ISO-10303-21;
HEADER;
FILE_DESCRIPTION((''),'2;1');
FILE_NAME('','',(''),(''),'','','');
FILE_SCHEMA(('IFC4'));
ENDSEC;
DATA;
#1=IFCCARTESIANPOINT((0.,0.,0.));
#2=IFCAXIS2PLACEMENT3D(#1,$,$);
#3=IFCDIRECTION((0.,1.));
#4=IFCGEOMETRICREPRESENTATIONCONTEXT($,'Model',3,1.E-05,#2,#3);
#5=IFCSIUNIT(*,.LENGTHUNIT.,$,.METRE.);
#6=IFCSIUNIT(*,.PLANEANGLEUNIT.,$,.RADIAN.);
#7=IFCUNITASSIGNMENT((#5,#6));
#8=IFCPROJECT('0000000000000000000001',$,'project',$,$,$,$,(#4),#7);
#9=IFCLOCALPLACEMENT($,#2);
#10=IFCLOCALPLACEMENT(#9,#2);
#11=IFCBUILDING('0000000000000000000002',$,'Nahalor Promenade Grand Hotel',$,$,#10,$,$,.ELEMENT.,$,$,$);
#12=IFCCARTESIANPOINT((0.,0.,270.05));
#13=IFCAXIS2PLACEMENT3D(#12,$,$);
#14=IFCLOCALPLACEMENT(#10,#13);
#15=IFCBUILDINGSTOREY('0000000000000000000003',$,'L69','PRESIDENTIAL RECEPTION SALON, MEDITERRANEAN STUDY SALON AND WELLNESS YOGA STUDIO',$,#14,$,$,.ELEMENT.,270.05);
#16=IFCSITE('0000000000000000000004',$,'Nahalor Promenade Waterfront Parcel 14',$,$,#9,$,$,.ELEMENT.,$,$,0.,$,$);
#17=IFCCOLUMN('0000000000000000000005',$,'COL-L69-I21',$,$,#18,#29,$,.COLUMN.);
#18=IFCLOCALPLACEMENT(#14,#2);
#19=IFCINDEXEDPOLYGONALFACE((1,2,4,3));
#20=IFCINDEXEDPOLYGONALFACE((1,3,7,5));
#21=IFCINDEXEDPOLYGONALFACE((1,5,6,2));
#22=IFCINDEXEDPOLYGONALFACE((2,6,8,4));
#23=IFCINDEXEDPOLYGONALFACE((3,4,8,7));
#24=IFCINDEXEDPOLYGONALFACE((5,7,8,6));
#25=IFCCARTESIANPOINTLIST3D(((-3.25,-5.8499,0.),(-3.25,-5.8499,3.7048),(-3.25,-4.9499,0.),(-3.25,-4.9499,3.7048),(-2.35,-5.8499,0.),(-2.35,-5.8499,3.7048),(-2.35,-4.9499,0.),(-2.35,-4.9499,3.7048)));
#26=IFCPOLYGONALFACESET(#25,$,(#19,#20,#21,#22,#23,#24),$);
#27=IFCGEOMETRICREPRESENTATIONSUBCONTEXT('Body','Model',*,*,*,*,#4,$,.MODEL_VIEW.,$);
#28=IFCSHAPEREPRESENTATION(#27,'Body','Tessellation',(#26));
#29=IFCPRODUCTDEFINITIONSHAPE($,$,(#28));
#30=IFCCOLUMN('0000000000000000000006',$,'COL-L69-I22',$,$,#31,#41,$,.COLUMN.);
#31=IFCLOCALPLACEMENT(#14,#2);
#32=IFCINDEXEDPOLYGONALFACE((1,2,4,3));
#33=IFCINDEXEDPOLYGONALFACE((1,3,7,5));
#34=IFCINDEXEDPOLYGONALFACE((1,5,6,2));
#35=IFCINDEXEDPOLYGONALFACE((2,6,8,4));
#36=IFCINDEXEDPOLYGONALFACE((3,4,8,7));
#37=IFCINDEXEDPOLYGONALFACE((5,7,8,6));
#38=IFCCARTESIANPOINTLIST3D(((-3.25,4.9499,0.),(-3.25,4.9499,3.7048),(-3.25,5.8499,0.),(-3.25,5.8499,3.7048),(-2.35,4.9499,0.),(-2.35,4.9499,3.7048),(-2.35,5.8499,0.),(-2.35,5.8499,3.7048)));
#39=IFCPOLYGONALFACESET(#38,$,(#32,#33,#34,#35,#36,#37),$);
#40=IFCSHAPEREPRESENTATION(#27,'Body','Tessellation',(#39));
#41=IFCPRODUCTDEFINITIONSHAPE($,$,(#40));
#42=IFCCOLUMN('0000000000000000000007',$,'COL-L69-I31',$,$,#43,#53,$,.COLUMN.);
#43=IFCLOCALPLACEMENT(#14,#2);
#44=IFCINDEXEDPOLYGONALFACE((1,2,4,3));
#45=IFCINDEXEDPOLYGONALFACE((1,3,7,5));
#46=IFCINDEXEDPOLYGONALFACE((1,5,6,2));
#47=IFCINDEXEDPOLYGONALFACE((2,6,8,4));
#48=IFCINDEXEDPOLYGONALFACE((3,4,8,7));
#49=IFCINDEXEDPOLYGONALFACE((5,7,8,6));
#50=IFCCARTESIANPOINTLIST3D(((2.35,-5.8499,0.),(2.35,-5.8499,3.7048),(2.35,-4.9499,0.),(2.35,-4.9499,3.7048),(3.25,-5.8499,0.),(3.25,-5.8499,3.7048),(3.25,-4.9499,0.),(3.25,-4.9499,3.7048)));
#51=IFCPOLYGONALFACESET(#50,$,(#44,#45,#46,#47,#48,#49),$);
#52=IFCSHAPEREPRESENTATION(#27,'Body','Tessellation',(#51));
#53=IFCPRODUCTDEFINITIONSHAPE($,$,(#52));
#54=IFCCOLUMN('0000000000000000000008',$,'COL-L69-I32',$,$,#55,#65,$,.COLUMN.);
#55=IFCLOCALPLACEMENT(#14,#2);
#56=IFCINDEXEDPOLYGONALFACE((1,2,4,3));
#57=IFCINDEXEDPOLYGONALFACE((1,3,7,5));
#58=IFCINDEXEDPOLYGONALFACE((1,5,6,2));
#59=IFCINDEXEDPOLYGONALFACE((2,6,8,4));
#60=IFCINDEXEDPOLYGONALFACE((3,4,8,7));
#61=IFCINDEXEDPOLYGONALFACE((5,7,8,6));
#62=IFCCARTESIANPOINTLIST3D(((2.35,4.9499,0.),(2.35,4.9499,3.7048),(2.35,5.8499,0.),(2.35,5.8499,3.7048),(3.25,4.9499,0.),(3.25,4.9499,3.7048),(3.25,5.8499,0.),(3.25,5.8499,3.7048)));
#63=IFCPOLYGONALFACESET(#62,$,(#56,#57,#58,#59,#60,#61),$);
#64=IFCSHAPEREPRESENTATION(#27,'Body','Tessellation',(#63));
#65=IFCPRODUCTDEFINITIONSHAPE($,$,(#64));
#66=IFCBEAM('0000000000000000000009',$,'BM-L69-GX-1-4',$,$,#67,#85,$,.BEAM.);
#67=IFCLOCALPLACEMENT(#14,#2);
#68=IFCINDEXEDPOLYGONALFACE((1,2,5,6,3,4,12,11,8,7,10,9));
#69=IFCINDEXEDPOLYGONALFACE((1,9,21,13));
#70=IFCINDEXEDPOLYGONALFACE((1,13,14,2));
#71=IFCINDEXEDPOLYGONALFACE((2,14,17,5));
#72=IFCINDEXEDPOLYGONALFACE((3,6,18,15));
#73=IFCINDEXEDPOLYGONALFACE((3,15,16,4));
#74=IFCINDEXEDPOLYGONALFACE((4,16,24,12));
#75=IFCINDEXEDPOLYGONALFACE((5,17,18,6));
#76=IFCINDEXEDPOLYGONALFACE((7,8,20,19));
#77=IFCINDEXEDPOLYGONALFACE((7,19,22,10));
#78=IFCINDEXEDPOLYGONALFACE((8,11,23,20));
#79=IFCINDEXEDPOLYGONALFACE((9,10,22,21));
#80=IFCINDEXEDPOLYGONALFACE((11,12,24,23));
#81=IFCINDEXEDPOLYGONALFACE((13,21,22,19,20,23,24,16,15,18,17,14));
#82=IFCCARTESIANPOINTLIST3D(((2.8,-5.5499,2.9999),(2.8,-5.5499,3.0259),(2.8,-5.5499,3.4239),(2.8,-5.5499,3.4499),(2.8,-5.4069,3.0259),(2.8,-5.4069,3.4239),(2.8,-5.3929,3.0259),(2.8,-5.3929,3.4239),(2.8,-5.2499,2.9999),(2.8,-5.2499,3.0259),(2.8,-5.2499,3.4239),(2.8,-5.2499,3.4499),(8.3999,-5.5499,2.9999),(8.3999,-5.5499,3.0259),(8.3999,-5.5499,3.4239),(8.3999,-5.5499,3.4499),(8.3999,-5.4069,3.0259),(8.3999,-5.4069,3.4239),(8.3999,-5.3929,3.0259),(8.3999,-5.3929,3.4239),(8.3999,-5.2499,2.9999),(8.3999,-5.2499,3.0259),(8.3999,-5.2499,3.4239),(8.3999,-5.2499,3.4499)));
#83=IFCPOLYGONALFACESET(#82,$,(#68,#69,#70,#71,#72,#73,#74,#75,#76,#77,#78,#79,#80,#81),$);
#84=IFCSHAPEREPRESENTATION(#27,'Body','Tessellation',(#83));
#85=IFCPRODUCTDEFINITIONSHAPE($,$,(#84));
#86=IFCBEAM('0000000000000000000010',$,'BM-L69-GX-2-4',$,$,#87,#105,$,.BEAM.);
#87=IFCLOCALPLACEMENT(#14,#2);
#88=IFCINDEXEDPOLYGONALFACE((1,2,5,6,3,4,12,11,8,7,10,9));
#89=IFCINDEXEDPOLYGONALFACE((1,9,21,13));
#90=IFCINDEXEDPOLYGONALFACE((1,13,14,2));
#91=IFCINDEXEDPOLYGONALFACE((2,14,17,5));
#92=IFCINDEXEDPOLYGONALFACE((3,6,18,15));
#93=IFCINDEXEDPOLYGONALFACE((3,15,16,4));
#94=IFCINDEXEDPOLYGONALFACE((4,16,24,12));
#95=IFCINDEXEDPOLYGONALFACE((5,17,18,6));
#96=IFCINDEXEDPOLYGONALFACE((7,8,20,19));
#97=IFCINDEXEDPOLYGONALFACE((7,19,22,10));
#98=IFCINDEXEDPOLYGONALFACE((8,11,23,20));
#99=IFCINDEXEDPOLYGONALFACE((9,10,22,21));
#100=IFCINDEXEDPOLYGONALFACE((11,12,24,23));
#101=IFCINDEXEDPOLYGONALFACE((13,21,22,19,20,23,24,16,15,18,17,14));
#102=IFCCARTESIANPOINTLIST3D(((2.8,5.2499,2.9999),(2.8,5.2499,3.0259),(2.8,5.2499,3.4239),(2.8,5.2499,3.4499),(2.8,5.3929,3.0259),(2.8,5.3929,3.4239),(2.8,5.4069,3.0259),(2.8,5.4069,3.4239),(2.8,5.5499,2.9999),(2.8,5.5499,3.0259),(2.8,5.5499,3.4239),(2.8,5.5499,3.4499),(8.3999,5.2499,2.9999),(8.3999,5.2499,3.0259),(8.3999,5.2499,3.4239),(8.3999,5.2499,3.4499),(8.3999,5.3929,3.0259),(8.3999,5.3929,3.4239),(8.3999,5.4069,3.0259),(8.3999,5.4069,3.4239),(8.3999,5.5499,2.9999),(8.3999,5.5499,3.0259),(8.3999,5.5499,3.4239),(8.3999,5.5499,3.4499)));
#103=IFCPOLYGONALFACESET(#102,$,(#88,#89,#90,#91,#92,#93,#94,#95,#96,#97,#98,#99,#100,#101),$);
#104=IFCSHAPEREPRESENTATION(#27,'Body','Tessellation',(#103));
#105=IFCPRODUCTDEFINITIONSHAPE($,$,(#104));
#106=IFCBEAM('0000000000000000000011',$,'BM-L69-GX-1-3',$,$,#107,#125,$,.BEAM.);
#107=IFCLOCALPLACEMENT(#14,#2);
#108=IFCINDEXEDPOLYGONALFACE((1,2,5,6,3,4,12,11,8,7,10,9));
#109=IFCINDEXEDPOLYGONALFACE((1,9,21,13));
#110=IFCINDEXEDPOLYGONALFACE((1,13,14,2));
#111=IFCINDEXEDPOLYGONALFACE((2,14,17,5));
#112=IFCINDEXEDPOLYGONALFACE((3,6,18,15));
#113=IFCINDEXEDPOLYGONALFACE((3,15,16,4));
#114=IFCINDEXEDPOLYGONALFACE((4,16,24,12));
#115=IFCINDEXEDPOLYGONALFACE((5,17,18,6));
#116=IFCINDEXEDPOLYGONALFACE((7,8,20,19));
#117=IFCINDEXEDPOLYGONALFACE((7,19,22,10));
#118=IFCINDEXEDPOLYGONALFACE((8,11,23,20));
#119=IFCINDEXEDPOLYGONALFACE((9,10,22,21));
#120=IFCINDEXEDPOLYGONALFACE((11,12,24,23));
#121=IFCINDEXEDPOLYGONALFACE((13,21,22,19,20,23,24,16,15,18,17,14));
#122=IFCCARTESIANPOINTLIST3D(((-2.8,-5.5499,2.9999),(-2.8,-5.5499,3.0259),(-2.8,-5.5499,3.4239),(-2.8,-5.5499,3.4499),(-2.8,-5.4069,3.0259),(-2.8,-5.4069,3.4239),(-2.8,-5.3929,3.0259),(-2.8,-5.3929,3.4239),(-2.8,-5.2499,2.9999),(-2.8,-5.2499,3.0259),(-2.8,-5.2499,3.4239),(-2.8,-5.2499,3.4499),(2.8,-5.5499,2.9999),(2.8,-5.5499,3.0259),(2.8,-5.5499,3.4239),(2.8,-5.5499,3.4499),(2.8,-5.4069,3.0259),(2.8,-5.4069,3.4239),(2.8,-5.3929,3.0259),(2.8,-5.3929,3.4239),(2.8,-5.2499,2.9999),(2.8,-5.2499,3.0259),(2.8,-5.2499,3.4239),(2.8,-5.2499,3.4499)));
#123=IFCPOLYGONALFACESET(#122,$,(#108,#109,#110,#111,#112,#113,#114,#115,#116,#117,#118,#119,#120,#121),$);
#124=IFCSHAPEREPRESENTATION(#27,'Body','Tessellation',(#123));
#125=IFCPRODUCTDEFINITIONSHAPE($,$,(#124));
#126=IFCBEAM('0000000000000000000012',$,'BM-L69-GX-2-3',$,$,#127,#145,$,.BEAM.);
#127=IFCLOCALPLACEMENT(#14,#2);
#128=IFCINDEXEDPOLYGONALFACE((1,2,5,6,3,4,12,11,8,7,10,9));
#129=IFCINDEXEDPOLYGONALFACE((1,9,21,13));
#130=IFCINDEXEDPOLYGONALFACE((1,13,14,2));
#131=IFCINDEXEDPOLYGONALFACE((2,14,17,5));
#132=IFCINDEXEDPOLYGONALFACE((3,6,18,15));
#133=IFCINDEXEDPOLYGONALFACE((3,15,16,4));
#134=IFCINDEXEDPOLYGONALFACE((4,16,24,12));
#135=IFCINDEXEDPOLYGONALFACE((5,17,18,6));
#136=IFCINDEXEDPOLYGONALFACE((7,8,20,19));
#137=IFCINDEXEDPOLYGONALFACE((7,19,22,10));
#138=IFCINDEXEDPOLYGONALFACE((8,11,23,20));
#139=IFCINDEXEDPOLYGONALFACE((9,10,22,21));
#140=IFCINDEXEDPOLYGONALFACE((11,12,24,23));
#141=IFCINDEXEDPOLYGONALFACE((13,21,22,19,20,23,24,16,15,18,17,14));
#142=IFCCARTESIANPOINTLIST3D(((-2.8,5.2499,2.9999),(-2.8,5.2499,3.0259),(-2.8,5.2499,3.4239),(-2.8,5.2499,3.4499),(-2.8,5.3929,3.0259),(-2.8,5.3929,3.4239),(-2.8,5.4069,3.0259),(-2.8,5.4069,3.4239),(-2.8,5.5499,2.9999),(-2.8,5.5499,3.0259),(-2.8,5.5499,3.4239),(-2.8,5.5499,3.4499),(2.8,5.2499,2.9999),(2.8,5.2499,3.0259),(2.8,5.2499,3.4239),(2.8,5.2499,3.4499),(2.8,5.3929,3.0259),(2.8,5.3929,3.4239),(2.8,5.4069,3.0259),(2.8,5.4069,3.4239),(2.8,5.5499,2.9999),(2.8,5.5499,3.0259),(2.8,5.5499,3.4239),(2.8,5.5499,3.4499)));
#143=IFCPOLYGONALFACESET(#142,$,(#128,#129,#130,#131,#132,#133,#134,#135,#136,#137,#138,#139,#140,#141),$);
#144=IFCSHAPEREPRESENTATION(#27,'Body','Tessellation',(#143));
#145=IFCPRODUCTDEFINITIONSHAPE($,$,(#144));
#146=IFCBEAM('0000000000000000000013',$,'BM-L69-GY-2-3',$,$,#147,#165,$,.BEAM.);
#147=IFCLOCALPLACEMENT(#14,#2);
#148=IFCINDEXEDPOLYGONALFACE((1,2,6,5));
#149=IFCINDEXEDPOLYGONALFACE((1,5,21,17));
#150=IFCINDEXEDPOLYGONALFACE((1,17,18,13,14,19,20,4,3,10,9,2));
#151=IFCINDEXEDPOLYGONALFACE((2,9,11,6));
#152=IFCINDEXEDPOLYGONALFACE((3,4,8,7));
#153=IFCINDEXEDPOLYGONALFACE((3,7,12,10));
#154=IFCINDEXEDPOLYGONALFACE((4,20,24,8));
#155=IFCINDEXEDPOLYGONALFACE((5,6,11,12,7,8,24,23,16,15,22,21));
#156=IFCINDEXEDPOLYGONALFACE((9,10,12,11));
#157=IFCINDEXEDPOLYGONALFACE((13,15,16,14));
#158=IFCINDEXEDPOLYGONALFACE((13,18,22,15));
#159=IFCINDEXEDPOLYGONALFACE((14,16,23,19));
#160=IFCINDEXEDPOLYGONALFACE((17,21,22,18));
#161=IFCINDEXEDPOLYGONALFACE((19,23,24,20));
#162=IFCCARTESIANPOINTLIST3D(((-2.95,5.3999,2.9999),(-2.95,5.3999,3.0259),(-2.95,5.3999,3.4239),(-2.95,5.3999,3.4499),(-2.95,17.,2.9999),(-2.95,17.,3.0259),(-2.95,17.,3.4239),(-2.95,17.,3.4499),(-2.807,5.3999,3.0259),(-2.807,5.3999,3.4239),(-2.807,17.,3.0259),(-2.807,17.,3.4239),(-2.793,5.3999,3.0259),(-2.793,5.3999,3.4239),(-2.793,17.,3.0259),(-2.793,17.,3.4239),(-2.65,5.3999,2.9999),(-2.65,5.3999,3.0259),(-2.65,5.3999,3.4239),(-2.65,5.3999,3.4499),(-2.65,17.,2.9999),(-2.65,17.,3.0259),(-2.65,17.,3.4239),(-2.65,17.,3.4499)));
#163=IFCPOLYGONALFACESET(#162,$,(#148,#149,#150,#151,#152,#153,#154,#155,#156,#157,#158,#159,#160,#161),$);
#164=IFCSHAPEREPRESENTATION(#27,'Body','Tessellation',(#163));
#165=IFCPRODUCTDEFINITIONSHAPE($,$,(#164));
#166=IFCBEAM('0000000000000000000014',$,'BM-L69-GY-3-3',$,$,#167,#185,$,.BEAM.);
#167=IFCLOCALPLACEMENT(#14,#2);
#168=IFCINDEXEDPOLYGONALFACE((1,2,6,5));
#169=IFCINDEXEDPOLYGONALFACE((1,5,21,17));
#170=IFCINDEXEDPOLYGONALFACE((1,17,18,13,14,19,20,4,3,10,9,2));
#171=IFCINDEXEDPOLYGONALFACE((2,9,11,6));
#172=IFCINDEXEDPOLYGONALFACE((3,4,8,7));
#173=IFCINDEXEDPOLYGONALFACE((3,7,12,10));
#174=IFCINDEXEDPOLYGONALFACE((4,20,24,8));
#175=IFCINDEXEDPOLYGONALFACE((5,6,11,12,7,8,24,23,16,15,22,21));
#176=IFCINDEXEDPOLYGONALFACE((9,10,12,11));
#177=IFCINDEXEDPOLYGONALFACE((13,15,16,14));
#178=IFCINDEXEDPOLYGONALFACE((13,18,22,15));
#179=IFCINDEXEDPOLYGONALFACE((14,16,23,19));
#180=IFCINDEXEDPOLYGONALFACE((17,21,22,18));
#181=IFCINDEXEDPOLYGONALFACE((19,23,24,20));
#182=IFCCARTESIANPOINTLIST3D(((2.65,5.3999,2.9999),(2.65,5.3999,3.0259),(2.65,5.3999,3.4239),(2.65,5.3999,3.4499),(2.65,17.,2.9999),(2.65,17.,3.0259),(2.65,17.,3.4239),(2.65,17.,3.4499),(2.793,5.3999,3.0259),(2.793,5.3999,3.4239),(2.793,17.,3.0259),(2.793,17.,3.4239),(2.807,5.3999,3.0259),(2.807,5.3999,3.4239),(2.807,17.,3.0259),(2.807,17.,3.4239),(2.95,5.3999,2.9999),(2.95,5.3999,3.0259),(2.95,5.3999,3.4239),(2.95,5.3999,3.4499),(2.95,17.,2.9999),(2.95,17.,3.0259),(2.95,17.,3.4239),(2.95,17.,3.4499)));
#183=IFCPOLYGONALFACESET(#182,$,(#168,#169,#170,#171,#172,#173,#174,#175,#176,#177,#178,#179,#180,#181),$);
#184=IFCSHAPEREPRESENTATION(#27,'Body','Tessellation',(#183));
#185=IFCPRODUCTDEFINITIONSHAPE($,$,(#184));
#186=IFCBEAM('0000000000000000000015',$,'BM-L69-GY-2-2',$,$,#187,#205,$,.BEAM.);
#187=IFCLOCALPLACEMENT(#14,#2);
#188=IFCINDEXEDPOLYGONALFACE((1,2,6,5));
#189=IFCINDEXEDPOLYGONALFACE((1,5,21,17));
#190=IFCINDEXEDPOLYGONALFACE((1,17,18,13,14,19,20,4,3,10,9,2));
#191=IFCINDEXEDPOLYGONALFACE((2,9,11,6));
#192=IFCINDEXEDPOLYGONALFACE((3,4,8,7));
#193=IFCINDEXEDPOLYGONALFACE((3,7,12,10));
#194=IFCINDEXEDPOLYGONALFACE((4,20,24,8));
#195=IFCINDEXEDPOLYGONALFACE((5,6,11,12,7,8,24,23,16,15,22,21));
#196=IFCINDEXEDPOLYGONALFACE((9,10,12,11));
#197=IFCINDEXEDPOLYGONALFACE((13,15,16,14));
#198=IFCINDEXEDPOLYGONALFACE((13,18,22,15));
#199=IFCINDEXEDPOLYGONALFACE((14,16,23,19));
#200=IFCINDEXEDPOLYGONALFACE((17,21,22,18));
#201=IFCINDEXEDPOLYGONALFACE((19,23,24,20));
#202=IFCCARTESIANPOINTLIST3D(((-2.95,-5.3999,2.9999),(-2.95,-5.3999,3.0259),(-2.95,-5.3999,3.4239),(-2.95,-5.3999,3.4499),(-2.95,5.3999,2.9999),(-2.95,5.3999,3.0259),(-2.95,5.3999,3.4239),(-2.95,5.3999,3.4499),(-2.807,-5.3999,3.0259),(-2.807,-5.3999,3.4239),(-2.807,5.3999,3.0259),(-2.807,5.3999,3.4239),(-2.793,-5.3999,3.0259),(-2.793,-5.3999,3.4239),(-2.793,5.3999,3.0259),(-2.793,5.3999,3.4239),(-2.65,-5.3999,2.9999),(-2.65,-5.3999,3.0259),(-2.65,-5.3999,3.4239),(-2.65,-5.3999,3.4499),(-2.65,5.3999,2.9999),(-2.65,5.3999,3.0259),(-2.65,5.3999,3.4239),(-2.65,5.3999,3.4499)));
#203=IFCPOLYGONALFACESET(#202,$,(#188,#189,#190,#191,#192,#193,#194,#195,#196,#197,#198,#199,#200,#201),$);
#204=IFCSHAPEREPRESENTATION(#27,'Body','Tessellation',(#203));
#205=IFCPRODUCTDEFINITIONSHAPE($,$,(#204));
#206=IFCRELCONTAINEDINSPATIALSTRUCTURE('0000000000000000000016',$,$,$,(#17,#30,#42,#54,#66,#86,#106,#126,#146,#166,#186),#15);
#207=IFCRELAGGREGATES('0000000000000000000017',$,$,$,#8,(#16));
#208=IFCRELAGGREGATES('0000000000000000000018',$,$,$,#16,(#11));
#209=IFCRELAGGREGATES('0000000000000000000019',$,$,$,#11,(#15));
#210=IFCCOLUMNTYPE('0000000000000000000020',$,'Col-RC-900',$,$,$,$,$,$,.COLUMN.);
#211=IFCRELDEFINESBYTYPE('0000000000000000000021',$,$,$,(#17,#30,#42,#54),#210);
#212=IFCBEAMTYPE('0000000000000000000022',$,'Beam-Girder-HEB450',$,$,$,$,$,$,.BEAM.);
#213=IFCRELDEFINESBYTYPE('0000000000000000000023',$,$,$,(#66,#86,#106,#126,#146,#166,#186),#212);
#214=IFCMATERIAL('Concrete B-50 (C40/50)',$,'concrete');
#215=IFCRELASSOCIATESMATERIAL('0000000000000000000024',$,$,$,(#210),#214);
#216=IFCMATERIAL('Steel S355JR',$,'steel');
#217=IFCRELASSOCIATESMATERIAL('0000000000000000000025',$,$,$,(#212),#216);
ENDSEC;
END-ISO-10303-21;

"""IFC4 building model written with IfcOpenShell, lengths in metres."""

from ifc_helpers import new_model, si_unit, direction, frame, origin, origin_2d, place, context, subcontext, project, spatial, rectangle, i_section, extrude, source, transform, mapped, material, material_profile, profile_set, type_object, element, save


model = new_model("IFC4")

# Units and contexts
model_context = context("Model", 3, precision=1e-05, world=origin(), true_north=direction((0.0, 1.0)))
body_context = subcontext(model_context, "Body", "Model", "MODEL_VIEW")
ifc_project = project(units=[si_unit("LENGTHUNIT", "METRE"), si_unit("PLANEANGLEUNIT", "RADIAN")], contexts=[model_context])

# Site, building, storey
site_placement = place(None, origin())
site = spatial("IfcSite", under=ifc_project, at=site_placement, Name="Nahalor Promenade Waterfront Parcel 14", CompositionType="ELEMENT", RefElevation=0.0)
building_placement = place(site_placement, origin())
building = spatial("IfcBuilding", under=site, at=building_placement, Name="Nahalor Promenade Grand Hotel", CompositionType="ELEMENT")
storey_placement = place(building_placement, frame((0.0, 0.0, 270.05)))
storey = spatial("IfcBuildingStorey", under=building, at=storey_placement, Name="L69", Description="PRESIDENTIAL RECEPTION SALON, MEDITERRANEAN STUDY SALON AND WELLNESS YOGA STUDIO", CompositionType="ELEMENT", Elevation=270.05)

# Columns
ifc_material_1 = material(Name="Concrete B-50 (C40/50)", Category="concrete")
ifc_material_profile_1 = material_profile(ifc_material_1, rectangle(XDim=0.9, YDim=0.9, at=origin_2d()), Name="RC 900x900")
ifc_profile_set_1 = profile_set([ifc_material_profile_1], Name="Concrete B-50 (C40/50)")
column_type = type_object("IfcColumnType", Name="Col-RC-900", PredefinedType="COLUMN", material=ifc_profile_set_1)
shared_shape_1 = source(origin(), body_context, "Body", "SweptSolid", [
    extrude(rectangle(XDim=0.9, YDim=0.9, at=origin_2d()), origin(), (0.0, 0.0, 1.0), 3.7048),
])
for number, where, z_axis, x_axis, name in (
    (1, (-2.8, -5.3999, 0.0), (0.0, 0.0, 1.0), (1.0, 0.0, 0.0), "COL-L69-I21"),
    (2, (-2.8, 5.3999, 0.0), (0.0, 0.0, 1.0), (1.0, 0.0, 0.0), "COL-L69-I22"),
    (3, (2.8, -5.3999, 0.0), (0.0, 0.0, 1.0), (1.0, 0.0, 0.0), "COL-L69-I31"),
    (4, (2.8, 5.3999, 0.0), (0.0, 0.0, 1.0), (1.0, 0.0, 0.0), "COL-L69-I32"),
):
    element("IfcColumn", number, at=place(storey_placement, frame(where, z_axis=z_axis, x_axis=x_axis)), inside=storey, type_object=column_type, Name=name, PredefinedType="COLUMN", context=body_context, shape_type="MappedRepresentation", body=[
        mapped(shared_shape_1, transform((0.0, 0.0, 0.0), scale=1.0)),
    ])

# Beams
ifc_material_2 = material(Name="Steel S355JR", Category="steel")
ifc_material_profile_2 = material_profile(ifc_material_2, i_section(OverallWidth=0.3, OverallDepth=0.45, WebThickness=0.014, FlangeThickness=0.026, at=origin_2d()), Name="HEB 450")
ifc_profile_set_2 = profile_set([ifc_material_profile_2], Name="Steel S355JR")
beam_type = type_object("IfcBeamType", Name="Beam-Girder-HEB450", PredefinedType="BEAM", material=ifc_profile_set_2)
shared_shape_2 = source(origin(), body_context, "Body", "SweptSolid", [
    extrude(i_section(OverallWidth=0.3, OverallDepth=0.45, WebThickness=0.014, FlangeThickness=0.026, at=origin_2d()), origin(), (0.0, 0.0, 1.0), 5.5999),
])
for number, where, z_axis, x_axis, name in (
    (5, (2.8, -5.3999, 3.2249), (1.0, 0.0, 0.0), (0.0, 1.0, 0.0), "BM-L69-GX-1-4"),
    (6, (2.8, 5.3999, 3.2249), (1.0, 0.0, 0.0), (0.0, 1.0, 0.0), "BM-L69-GX-2-4"),
):
    element("IfcBeam", number, at=place(storey_placement, frame(where, z_axis=z_axis, x_axis=x_axis)), inside=storey, type_object=beam_type, Name=name, PredefinedType="BEAM", context=body_context, shape_type="MappedRepresentation", body=[
        mapped(shared_shape_2, transform((0.0, 0.0, 0.0), scale=1.0)),
    ])
shared_shape_3 = source(origin(), body_context, "Body", "SweptSolid", [
    extrude(i_section(OverallWidth=0.3, OverallDepth=0.45, WebThickness=0.014, FlangeThickness=0.026, at=origin_2d()), origin(), (0.0, 0.0, 1.0), 5.6001),
])
for number, where, z_axis, x_axis, name in (
    (7, (-2.8, -5.3999, 3.2249), (1.0, 0.0, 0.0), (0.0, 1.0, 0.0), "BM-L69-GX-1-3"),
    (8, (-2.8, 5.3999, 3.2249), (1.0, 0.0, 0.0), (0.0, 1.0, 0.0), "BM-L69-GX-2-3"),
):
    element("IfcBeam", number, at=place(storey_placement, frame(where, z_axis=z_axis, x_axis=x_axis)), inside=storey, type_object=beam_type, Name=name, PredefinedType="BEAM", context=body_context, shape_type="MappedRepresentation", body=[
        mapped(shared_shape_3, transform((0.0, 0.0, 0.0), scale=1.0)),
    ])
shared_shape_4 = source(origin(), body_context, "Body", "SweptSolid", [
    extrude(i_section(OverallWidth=0.3, OverallDepth=0.45, WebThickness=0.014, FlangeThickness=0.026, at=origin_2d()), origin(), (0.0, 0.0, 1.0), 11.6001),
])
for number, where, z_axis, x_axis, name in (
    (9, (-2.8, 5.3999, 3.2249), (0.0, 1.0, 0.0), (-1.0, 0.0, 0.0), "BM-L69-GY-2-3"),
    (10, (2.8, 5.3999, 3.2249), (0.0, 1.0, 0.0), (-1.0, 0.0, 0.0), "BM-L69-GY-3-3"),
):
    element("IfcBeam", number, at=place(storey_placement, frame(where, z_axis=z_axis, x_axis=x_axis)), inside=storey, type_object=beam_type, Name=name, PredefinedType="BEAM", context=body_context, shape_type="MappedRepresentation", body=[
        mapped(shared_shape_4, transform((0.0, 0.0, 0.0), scale=1.0)),
    ])
shared_shape_5 = source(origin(), body_context, "Body", "SweptSolid", [
    extrude(i_section(OverallWidth=0.3, OverallDepth=0.45, WebThickness=0.014, FlangeThickness=0.026, at=origin_2d()), origin(), (0.0, 0.0, 1.0), 10.7998),
])
for number, where, z_axis, x_axis, name in (
    (11, (-2.8, -5.3999, 3.2249), (0.0, 1.0, 0.0), (-1.0, 0.0, 0.0), "BM-L69-GY-2-2"),
):
    element("IfcBeam", number, at=place(storey_placement, frame(where, z_axis=z_axis, x_axis=x_axis)), inside=storey, type_object=beam_type, Name=name, PredefinedType="BEAM", context=body_context, shape_type="MappedRepresentation", body=[
        mapped(shared_shape_5, transform((0.0, 0.0, 0.0), scale=1.0)),
    ])

save(model, "model.ifc")
